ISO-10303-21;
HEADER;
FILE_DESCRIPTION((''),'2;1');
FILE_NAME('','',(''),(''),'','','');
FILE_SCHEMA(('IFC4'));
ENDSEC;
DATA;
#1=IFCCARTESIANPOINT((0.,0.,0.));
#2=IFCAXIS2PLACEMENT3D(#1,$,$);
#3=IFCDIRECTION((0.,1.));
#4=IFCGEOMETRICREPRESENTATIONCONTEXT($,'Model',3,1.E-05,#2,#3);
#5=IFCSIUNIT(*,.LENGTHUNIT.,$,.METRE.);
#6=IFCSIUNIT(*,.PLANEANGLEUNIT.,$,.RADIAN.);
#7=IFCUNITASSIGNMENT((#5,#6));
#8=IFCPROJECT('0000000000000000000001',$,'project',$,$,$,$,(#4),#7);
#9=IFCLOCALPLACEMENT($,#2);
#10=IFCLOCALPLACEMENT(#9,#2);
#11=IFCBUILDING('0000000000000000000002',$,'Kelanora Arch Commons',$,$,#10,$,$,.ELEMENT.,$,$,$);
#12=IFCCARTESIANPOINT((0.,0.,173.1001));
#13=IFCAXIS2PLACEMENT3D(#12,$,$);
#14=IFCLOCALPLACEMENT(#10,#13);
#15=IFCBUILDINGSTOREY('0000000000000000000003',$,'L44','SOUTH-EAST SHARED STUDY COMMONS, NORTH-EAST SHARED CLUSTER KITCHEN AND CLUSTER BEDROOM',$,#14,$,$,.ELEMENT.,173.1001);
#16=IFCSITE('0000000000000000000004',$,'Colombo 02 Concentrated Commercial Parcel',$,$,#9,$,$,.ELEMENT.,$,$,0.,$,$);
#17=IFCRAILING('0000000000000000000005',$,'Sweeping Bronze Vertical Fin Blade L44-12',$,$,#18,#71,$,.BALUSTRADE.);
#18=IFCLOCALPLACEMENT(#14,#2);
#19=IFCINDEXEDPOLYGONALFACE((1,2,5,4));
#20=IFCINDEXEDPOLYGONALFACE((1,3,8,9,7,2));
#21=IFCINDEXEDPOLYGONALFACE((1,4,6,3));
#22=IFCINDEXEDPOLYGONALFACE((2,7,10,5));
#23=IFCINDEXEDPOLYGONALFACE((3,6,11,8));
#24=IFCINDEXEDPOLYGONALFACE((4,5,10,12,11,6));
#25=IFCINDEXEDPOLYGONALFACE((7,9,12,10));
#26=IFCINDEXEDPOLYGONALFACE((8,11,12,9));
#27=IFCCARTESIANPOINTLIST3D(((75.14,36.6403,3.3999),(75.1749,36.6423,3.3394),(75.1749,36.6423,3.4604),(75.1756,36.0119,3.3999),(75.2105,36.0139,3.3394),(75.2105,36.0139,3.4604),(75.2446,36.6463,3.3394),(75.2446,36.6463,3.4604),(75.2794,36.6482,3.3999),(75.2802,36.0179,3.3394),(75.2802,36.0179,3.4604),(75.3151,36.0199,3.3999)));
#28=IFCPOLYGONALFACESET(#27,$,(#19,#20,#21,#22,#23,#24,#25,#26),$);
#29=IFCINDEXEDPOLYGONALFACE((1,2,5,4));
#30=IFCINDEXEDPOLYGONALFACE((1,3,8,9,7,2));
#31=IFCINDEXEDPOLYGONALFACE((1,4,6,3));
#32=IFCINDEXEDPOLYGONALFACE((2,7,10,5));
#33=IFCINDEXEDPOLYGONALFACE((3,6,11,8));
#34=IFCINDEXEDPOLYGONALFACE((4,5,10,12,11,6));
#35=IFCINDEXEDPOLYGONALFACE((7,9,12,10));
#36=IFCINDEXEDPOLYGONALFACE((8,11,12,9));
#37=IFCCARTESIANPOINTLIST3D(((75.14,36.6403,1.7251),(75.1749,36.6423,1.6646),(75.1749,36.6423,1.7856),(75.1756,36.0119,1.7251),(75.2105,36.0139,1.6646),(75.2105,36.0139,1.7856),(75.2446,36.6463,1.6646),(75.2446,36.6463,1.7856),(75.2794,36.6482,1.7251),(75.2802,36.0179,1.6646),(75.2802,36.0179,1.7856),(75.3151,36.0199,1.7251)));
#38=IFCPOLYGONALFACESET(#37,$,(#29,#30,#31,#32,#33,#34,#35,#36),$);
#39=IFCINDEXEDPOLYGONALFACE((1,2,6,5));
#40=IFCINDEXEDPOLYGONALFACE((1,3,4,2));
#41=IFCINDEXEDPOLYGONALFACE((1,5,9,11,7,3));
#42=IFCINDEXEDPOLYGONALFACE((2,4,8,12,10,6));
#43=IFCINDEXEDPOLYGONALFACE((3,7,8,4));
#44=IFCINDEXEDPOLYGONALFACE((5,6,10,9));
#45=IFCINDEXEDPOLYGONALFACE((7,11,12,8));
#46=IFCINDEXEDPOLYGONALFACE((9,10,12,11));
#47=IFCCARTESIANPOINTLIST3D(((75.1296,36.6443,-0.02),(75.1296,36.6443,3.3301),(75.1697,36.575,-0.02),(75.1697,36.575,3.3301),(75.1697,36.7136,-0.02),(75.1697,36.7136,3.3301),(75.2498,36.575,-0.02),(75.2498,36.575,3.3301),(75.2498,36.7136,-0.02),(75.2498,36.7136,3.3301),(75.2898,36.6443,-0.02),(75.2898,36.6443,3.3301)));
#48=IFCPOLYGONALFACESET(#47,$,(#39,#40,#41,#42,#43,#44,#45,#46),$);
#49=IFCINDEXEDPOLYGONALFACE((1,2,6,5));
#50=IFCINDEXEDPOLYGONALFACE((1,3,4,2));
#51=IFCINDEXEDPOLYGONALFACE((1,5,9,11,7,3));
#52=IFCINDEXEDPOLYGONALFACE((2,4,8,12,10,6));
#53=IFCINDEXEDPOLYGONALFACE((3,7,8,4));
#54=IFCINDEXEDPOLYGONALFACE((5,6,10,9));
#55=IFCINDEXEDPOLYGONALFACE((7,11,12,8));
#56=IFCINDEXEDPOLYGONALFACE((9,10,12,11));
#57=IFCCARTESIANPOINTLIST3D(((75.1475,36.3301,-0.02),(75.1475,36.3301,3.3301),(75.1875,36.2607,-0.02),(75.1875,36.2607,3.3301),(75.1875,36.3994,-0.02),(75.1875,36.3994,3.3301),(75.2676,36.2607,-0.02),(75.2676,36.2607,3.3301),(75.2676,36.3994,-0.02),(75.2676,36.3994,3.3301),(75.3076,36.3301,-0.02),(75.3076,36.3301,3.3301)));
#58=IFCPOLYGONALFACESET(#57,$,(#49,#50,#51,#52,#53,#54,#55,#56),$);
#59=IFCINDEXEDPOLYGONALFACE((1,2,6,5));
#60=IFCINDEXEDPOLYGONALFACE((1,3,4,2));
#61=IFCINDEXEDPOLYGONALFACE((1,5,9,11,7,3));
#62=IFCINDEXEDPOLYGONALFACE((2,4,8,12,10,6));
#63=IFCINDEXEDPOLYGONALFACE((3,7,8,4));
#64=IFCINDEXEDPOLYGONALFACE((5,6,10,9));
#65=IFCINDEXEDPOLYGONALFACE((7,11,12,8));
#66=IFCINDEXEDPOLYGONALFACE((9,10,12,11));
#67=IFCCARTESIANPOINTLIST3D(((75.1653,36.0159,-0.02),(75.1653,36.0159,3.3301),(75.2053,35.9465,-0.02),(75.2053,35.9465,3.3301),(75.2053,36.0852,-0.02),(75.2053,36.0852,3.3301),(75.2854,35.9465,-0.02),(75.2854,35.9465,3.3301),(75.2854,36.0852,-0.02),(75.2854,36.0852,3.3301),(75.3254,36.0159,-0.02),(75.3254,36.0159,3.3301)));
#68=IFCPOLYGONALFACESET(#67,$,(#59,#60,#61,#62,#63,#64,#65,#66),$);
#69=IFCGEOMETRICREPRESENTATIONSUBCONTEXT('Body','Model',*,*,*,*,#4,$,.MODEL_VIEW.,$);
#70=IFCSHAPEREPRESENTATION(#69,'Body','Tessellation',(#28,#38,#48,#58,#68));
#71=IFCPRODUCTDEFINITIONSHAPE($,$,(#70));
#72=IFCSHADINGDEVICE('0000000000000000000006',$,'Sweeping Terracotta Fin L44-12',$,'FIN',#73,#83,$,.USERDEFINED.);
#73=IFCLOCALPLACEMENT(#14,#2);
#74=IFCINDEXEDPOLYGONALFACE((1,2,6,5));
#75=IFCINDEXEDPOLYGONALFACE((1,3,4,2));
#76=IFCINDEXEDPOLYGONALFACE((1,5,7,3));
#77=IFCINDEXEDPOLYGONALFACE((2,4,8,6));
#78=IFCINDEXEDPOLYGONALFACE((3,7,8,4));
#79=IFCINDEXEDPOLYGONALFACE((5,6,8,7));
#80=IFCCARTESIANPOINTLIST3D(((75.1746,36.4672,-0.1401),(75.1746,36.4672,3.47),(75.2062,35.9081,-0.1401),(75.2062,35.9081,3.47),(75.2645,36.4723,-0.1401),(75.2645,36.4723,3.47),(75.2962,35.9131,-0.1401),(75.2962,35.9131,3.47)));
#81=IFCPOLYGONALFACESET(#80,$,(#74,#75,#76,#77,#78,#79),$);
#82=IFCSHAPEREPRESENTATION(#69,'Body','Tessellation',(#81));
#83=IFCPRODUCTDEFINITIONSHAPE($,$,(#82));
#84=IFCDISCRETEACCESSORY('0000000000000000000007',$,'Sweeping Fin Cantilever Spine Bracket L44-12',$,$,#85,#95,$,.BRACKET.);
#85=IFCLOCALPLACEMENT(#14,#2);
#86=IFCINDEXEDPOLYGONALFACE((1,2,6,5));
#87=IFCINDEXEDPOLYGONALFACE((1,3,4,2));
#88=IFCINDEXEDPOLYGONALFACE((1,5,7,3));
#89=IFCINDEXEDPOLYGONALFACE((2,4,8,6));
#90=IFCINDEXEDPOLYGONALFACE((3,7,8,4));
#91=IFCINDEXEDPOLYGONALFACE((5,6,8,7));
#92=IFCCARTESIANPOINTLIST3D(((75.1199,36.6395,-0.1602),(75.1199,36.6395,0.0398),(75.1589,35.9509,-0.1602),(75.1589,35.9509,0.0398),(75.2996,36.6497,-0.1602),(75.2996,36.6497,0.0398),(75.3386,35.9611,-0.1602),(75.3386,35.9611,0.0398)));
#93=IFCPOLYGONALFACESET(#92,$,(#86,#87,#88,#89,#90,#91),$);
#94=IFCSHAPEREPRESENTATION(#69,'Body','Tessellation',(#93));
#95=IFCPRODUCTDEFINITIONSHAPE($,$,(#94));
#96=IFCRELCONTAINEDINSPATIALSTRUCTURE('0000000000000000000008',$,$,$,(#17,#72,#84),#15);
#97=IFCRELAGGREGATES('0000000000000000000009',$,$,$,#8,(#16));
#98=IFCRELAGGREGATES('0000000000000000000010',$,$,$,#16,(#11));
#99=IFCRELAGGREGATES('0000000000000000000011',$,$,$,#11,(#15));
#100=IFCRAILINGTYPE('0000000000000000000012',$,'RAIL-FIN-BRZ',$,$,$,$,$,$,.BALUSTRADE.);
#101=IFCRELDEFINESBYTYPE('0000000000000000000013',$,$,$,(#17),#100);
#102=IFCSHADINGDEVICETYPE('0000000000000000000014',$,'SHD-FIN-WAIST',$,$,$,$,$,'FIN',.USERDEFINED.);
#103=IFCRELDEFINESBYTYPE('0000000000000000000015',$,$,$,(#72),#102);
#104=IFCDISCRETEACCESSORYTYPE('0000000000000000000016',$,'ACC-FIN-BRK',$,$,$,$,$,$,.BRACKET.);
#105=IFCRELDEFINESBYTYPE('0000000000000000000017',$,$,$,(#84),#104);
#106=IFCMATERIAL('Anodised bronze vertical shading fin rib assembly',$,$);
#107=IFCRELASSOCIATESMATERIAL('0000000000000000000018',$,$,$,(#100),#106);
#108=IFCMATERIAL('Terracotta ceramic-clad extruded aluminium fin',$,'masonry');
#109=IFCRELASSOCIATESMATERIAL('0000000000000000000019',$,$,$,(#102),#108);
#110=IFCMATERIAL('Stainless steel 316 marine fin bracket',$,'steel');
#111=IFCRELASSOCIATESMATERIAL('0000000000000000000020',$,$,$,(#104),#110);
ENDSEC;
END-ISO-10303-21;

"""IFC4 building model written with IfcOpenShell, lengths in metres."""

from ifc_helpers import new_model, si_unit, direction, frame, origin, origin_2d, place, context, subcontext, project, spatial, polyline, rectangle, outline, extrude, source, transform, mapped, material, type_object, element, save


model = new_model("IFC4")

# Units and contexts
model_context = context("Model", 3, precision=1e-05, world=origin(), true_north=direction((0.0, 1.0)))
body_context = subcontext(model_context, "Body", "Model", "MODEL_VIEW")
ifc_project = project(units=[si_unit("LENGTHUNIT", "METRE"), si_unit("PLANEANGLEUNIT", "RADIAN")], contexts=[model_context])

# Site, building, storey
site_placement = place(None, origin())
site = spatial("IfcSite", under=ifc_project, at=site_placement, Name="Colombo 02 Concentrated Commercial Parcel", CompositionType="ELEMENT", RefElevation=0.0)
building_placement = place(site_placement, origin())
building = spatial("IfcBuilding", under=site, at=building_placement, Name="Kelanora Arch Commons", CompositionType="ELEMENT")
storey_placement = place(building_placement, frame((0.0, 0.0, 173.1001)))
storey = spatial("IfcBuildingStorey", under=building, at=storey_placement, Name="L44", Description="SOUTH-EAST SHARED STUDY COMMONS, NORTH-EAST SHARED CLUSTER KITCHEN AND CLUSTER BEDROOM", CompositionType="ELEMENT", Elevation=173.1001)

# Railing
ifc_material_1 = material(Name="Anodised bronze vertical shading fin rib assembly")
railing_type = type_object("IfcRailingType", Name="RAIL-FIN-BRZ", PredefinedType="BALUSTRADE", material=ifc_material_1)
railing_placement = place(storey_placement, frame((75.2097, 36.6443, -0.02)))
element("IfcRailing", 1, at=railing_placement, inside=storey, type_object=railing_type, Name="Sweeping Bronze Vertical Fin Blade L44-12", PredefinedType="BALUSTRADE", context=body_context, shape_type="SweptSolid", body=[
    extrude(outline(polyline([(0.0698, 0.0), (0.0349, 0.0605), (-0.0349, 0.0605), (-0.0698, 0.0), (-0.0349, -0.0605), (0.0349, -0.0605), (0.0698, 0.0)])), frame((0.0, 0.0, 3.4199), z_axis=(0.05663, -0.998395, 0.0), x_axis=(0.998395, 0.05663, 0.0)), (0.0, 0.0, 1.0), 0.6294),
    extrude(outline(polyline([(0.0698, 0.0), (0.0349, 0.0605), (-0.0349, 0.0605), (-0.0698, 0.0), (-0.0349, -0.0605), (0.0349, -0.0605), (0.0698, 0.0)])), frame((0.0, 0.0, 1.7451), z_axis=(0.05663, -0.998395, 0.0), x_axis=(0.998395, 0.05663, 0.0)), (0.0, 0.0, 1.0), 0.6294),
    extrude(outline(polyline([(0.0801, 0.0), (0.04, 0.0693), (-0.04, 0.0693), (-0.0801, 0.0), (-0.04, -0.0693), (0.04, -0.0693), (0.0801, 0.0)])), origin(), (0.0, 0.0, 1.0), 3.3501),
    extrude(outline(polyline([(0.0801, 0.0), (0.04, 0.0693), (-0.04, 0.0693), (-0.0801, 0.0), (-0.04, -0.0693), (0.04, -0.0693), (0.0801, 0.0)])), frame((0.0178, -0.3142, 0.0)), (0.0, 0.0, 1.0), 3.3501),
    extrude(outline(polyline([(0.0801, 0.0), (0.04, 0.0693), (-0.04, 0.0693), (-0.0801, 0.0), (-0.04, -0.0693), (0.04, -0.0693), (0.0801, 0.0)])), frame((0.0356, -0.6284, 0.0)), (0.0, 0.0, 1.0), 3.3501),
])

# Shading device
ifc_material_2 = material(Name="Terracotta ceramic-clad extruded aluminium fin", Category="masonry")
shading_device_type = type_object("IfcShadingDeviceType", Name="SHD-FIN-WAIST", ElementType="FIN", PredefinedType="USERDEFINED", material=ifc_material_2)
shared_shape_1 = source(origin(), body_context, "Body", "SweptSolid", [
    extrude(rectangle(XDim=0.5601, YDim=0.0901, at=origin_2d()), origin(), (0.0, 0.0, 1.0), 3.6101),
])
shading_device_placement = place(storey_placement, frame((75.2354, 36.1902, -0.1401), z_axis=(0.0, 0.0, 1.0), x_axis=(0.056519, -0.998402, 0.0)))
element("IfcShadingDevice", 2, at=shading_device_placement, inside=storey, type_object=shading_device_type, Name="Sweeping Terracotta Fin L44-12", ObjectType="FIN", PredefinedType="USERDEFINED", context=body_context, shape_type="MappedRepresentation", body=[
    mapped(shared_shape_1, transform((0.0, 0.0, 0.0), scale=1.0)),
])

# Discrete accessory
ifc_material_3 = material(Name="Stainless steel 316 marine fin bracket", Category="steel")
discrete_accessory_type = type_object("IfcDiscreteAccessoryType", Name="ACC-FIN-BRK", PredefinedType="BRACKET", material=ifc_material_3)
shared_shape_2 = source(origin(), body_context, "Body", "SweptSolid", [
    extrude(rectangle(XDim=0.6897, YDim=0.1799, at=origin_2d()), origin(), (0.0, 0.0, 1.0), 0.2),
])
discrete_accessory_placement = place(storey_placement, frame((75.2292, 36.3003, -0.1602), z_axis=(0.0, 0.0, 1.0), x_axis=(0.056519, -0.998402, 0.0)))
element("IfcDiscreteAccessory", 3, at=discrete_accessory_placement, inside=storey, type_object=discrete_accessory_type, Name="Sweeping Fin Cantilever Spine Bracket L44-12", PredefinedType="BRACKET", context=body_context, shape_type="MappedRepresentation", body=[
    mapped(shared_shape_2, transform((0.0, 0.0, 0.0), scale=1.0)),
])

save(model, "model.ifc")
